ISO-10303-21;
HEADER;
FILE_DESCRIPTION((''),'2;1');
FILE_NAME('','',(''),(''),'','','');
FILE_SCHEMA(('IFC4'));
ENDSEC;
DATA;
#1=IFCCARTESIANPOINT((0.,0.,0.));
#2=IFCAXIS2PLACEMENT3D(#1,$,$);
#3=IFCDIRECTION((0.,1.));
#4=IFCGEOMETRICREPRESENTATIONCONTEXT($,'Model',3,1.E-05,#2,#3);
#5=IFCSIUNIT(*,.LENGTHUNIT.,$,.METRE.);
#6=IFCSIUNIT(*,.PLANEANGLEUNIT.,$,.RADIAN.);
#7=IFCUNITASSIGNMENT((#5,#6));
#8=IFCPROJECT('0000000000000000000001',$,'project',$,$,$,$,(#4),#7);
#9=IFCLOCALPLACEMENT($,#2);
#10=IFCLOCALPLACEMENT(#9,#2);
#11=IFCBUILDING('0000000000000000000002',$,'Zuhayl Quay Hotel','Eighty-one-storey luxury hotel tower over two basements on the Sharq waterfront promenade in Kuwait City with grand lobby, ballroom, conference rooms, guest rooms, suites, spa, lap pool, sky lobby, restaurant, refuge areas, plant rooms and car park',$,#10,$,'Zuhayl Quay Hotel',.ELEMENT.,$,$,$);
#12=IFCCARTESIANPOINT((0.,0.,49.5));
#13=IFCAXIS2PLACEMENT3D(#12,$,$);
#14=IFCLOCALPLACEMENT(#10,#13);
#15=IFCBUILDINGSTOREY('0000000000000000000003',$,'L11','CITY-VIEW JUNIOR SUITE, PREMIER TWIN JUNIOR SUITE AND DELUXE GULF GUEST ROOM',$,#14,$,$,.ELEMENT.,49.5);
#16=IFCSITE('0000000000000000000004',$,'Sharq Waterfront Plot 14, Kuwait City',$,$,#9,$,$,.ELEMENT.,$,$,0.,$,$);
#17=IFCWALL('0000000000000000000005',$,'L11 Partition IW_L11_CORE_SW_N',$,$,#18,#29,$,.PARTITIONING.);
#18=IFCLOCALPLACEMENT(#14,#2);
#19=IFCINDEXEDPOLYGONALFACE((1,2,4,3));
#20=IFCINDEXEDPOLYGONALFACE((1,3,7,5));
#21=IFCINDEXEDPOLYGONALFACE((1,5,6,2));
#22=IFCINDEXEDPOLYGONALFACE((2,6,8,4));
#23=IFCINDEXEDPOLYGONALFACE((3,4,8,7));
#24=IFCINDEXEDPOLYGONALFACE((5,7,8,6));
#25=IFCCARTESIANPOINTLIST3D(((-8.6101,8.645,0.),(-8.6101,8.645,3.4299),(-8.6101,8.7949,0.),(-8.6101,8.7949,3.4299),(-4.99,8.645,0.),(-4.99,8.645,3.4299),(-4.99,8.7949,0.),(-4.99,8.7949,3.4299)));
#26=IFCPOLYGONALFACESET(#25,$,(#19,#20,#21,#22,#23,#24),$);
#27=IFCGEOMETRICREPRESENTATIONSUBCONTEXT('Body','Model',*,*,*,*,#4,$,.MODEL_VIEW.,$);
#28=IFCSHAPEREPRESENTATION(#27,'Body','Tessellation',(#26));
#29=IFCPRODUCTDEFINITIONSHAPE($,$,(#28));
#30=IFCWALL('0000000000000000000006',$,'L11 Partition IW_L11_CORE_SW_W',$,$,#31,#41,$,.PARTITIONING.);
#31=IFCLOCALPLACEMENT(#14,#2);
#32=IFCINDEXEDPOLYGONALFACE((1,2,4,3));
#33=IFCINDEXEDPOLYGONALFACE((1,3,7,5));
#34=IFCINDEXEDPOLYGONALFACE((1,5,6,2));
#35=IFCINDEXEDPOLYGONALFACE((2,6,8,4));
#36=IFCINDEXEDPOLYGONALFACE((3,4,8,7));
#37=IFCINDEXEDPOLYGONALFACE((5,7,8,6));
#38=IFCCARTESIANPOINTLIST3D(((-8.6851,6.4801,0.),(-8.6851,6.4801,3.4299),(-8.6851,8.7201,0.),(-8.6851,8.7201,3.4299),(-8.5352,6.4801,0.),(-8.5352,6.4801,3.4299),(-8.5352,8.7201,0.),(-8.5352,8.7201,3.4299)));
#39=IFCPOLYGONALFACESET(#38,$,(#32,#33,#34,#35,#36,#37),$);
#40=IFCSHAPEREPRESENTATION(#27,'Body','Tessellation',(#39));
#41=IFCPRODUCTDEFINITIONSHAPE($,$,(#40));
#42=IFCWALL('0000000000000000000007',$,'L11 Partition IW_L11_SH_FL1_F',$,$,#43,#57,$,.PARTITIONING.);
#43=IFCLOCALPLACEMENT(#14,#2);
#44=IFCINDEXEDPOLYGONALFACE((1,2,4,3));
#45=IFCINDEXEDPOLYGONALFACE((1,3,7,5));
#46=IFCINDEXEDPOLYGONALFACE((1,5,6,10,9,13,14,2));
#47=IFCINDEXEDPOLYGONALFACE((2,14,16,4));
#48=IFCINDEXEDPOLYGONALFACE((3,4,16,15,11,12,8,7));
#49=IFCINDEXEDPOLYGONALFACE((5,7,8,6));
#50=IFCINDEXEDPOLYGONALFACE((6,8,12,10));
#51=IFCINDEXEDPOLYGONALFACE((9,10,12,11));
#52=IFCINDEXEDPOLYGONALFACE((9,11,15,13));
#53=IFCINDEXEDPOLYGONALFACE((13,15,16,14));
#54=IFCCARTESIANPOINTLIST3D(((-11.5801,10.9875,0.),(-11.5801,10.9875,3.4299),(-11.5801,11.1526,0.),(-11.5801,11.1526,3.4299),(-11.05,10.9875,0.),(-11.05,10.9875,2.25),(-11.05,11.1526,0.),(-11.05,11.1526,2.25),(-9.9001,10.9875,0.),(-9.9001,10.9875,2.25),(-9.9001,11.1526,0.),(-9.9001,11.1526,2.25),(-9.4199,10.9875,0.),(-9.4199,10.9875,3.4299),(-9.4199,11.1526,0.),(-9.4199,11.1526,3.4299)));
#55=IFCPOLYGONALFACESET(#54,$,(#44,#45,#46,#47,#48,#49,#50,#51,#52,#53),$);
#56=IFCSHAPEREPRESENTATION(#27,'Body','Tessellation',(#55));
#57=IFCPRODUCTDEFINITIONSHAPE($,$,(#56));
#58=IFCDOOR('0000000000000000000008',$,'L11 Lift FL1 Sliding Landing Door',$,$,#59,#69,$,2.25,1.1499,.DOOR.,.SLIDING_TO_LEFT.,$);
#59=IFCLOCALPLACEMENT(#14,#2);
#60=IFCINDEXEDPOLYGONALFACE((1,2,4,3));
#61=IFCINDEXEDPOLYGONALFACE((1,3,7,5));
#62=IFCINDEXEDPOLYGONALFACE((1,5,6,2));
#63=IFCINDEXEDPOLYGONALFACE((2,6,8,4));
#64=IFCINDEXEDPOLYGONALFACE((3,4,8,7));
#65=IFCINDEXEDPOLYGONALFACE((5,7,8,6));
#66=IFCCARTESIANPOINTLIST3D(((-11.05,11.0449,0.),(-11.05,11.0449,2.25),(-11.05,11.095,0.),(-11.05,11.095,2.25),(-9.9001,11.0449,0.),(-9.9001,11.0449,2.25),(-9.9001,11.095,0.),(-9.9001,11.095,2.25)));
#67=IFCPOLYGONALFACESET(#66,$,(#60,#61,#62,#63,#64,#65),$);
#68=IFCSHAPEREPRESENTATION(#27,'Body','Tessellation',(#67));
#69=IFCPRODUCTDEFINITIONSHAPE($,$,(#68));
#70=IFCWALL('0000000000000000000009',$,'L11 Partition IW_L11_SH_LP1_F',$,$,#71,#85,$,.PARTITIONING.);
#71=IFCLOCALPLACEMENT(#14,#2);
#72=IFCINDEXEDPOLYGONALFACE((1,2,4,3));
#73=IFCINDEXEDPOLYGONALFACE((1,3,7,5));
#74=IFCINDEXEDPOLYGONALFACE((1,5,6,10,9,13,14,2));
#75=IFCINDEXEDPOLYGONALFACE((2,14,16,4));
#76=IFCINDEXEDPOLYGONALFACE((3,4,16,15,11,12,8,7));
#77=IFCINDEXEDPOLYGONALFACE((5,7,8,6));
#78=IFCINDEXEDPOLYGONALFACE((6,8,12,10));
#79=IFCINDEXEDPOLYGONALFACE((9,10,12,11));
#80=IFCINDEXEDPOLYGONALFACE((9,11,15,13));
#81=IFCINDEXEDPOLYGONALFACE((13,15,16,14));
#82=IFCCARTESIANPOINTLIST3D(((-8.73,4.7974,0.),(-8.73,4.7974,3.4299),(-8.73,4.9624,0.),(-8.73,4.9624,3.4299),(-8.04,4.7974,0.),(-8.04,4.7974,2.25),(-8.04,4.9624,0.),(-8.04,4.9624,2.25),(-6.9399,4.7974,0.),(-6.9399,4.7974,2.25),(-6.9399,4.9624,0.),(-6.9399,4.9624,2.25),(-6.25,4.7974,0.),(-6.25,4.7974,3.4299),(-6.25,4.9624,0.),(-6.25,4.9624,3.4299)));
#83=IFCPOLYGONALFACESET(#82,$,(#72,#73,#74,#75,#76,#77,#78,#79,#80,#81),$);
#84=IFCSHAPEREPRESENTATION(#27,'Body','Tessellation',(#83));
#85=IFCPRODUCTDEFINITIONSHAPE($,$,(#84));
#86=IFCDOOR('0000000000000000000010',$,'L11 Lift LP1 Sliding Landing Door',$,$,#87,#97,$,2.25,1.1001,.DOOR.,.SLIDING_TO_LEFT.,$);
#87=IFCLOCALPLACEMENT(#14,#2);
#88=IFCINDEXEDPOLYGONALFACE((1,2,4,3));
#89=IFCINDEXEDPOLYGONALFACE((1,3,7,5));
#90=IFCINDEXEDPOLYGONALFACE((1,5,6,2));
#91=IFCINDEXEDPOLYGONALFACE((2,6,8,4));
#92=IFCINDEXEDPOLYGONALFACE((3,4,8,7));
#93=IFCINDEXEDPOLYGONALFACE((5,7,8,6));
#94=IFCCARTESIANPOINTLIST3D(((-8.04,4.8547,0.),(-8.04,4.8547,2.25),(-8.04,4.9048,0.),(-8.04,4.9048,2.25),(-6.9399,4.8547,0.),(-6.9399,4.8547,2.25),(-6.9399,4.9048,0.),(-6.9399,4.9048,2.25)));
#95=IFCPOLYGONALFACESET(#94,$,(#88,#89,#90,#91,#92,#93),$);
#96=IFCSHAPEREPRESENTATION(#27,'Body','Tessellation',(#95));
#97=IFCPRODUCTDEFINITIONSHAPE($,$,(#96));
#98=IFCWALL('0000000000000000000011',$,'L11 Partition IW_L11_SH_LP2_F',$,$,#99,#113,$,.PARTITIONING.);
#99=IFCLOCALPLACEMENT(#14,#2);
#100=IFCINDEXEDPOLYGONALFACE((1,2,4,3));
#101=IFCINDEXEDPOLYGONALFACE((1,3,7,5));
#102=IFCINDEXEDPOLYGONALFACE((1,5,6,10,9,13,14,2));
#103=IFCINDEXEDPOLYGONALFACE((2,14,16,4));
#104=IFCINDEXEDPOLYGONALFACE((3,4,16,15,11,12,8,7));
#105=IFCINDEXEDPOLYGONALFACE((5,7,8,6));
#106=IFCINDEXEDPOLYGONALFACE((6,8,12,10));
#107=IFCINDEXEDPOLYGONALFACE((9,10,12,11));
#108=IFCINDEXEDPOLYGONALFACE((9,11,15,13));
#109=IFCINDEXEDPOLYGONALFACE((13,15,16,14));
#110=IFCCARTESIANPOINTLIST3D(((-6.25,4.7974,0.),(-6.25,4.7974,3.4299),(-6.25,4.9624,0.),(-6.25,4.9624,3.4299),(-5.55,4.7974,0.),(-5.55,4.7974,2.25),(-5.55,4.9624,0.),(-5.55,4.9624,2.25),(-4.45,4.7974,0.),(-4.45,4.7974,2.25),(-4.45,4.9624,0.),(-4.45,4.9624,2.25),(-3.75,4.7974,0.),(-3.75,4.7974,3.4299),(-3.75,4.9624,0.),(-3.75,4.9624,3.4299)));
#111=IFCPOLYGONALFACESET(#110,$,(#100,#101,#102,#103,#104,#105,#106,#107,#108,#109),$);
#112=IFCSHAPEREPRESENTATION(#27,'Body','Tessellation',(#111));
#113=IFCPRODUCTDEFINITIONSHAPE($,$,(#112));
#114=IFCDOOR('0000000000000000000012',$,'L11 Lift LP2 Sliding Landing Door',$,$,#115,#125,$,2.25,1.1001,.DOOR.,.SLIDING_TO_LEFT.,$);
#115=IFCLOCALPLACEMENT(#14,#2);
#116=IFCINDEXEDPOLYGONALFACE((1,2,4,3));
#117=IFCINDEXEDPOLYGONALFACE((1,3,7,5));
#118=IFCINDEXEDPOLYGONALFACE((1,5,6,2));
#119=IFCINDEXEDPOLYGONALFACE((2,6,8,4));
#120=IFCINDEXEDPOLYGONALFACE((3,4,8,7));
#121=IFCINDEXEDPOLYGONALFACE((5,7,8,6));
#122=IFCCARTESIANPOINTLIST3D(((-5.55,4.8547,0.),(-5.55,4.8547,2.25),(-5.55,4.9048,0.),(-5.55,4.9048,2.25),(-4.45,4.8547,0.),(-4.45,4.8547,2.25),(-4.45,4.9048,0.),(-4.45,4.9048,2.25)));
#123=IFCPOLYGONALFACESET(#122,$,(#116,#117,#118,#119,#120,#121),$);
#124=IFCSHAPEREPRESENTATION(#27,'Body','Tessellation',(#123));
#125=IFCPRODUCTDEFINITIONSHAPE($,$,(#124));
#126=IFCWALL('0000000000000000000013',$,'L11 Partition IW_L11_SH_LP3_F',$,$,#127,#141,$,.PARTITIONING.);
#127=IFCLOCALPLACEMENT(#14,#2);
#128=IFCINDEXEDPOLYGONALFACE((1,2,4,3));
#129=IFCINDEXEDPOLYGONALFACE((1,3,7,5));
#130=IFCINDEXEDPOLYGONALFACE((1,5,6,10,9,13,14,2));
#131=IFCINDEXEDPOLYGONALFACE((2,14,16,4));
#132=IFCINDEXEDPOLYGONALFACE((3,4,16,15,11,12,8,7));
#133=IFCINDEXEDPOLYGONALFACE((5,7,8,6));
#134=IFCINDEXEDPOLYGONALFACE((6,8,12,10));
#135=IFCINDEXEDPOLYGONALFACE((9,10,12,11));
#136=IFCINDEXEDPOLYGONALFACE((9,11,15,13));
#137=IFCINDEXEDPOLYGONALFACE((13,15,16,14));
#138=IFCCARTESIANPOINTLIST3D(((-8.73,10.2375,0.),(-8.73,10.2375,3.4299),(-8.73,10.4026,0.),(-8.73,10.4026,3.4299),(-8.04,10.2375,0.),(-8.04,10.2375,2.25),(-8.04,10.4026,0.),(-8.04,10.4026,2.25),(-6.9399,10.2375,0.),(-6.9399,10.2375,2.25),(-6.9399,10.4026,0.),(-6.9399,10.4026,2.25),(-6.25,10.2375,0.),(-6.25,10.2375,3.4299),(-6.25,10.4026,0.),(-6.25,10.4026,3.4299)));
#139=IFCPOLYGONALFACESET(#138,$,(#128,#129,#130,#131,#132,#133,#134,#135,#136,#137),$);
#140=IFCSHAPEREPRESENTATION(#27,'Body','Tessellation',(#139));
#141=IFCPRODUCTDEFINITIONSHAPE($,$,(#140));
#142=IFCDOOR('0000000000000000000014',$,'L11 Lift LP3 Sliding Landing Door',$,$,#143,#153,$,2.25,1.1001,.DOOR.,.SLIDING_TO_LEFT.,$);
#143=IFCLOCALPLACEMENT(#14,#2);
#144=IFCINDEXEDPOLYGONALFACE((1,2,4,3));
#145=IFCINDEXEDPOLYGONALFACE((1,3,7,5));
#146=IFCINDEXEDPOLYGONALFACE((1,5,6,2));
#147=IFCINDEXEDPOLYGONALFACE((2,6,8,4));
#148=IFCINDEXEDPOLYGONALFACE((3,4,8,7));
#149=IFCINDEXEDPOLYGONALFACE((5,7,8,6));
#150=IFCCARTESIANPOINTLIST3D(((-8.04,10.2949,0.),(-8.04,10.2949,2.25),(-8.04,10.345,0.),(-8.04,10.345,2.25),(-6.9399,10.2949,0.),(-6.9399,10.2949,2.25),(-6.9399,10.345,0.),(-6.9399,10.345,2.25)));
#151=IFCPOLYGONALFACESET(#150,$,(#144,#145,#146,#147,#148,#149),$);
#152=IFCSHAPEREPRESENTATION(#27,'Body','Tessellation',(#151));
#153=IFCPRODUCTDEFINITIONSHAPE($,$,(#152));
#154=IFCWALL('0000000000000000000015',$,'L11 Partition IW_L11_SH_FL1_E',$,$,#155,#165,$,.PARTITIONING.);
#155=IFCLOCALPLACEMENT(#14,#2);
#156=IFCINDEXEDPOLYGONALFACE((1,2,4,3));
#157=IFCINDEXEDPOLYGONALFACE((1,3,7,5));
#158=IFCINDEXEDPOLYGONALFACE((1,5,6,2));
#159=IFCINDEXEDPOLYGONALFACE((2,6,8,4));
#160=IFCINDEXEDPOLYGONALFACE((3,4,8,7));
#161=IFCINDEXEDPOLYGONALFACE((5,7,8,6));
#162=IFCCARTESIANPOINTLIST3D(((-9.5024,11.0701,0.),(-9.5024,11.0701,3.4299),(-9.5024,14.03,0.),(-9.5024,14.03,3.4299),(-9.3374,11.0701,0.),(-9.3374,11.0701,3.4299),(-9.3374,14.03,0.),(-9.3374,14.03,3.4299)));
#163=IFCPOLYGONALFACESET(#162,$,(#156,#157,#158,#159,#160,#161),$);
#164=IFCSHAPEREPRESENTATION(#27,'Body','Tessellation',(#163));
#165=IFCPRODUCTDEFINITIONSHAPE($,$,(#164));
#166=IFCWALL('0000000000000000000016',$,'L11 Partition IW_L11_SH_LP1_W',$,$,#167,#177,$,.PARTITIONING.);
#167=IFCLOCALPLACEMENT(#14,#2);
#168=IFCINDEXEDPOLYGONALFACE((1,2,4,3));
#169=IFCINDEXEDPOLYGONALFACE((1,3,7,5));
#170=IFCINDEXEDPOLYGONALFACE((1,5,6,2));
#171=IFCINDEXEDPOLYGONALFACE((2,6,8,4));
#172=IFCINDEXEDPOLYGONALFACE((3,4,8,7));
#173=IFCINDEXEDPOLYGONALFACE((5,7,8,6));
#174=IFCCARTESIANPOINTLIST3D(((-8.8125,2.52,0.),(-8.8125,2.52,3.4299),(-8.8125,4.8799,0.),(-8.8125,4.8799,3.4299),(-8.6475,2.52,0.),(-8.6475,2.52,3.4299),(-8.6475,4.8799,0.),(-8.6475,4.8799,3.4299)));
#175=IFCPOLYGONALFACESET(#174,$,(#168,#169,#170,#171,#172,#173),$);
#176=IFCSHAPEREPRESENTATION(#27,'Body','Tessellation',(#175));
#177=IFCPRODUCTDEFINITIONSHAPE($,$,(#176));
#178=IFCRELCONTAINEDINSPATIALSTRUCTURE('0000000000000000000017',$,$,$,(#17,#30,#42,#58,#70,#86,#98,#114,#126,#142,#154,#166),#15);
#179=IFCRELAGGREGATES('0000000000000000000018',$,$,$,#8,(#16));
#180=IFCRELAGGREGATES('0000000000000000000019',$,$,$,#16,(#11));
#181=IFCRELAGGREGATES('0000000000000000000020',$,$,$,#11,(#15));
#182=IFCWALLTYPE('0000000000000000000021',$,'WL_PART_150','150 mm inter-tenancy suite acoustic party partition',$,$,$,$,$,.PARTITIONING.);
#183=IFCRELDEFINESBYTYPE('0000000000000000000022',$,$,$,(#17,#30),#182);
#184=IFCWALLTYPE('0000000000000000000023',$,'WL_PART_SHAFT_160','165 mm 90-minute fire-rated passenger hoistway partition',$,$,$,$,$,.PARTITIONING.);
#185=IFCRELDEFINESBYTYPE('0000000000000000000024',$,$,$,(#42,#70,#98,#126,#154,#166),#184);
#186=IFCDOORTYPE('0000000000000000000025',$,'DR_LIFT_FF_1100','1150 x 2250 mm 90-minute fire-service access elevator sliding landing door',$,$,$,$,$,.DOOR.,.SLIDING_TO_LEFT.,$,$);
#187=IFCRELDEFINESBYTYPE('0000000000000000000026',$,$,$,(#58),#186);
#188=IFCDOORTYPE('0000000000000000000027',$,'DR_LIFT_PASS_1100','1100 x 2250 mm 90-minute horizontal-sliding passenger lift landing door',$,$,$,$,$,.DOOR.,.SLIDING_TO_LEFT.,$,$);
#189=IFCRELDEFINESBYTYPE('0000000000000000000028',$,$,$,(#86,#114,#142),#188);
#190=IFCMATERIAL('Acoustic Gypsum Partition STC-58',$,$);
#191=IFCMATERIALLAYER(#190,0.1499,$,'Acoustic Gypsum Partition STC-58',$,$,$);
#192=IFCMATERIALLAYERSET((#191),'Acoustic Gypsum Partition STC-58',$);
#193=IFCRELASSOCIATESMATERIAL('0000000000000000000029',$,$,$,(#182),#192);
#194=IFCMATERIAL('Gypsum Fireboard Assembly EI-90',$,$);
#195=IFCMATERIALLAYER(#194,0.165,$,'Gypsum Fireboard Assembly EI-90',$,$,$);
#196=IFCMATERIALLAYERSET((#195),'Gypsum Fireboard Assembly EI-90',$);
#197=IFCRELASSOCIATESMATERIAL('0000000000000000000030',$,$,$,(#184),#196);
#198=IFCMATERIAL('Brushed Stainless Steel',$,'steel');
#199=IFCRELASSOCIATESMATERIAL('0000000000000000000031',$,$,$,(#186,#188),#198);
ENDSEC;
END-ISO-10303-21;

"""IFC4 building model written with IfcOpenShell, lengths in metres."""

from ifc_helpers import new_model, si_unit, direction, frame, frame_2d, origin, place, context, subcontext, project, spatial, rectangle, extrude, material, layer, layer_set, type_object, element, fill, save


model = new_model("IFC4")

# Units and contexts
model_context = context("Model", 3, precision=1e-05, world=origin(), true_north=direction((0.0, 1.0)))
body_context = subcontext(model_context, "Body", "Model", "MODEL_VIEW")
ifc_project = project(units=[si_unit("LENGTHUNIT", "METRE"), si_unit("PLANEANGLEUNIT", "RADIAN")], contexts=[model_context])

# Site, building, storey
site_placement = place(None, origin())
site = spatial("IfcSite", under=ifc_project, at=site_placement, Name="Sharq Waterfront Plot 14, Kuwait City", CompositionType="ELEMENT", RefElevation=0.0)
building_placement = place(site_placement, origin())
building = spatial("IfcBuilding", under=site, at=building_placement, Name="Zuhayl Quay Hotel", Description="Eighty-one-storey luxury hotel tower over two basements on the Sharq waterfront promenade in Kuwait City with grand lobby, ballroom, conference rooms, guest rooms, suites, spa, lap pool, sky lobby, restaurant, refuge areas, plant rooms and car park", LongName="Zuhayl Quay Hotel", CompositionType="ELEMENT")
storey_placement = place(building_placement, frame((0.0, 0.0, 49.5)))
storey = spatial("IfcBuildingStorey", under=building, at=storey_placement, Name="L11", Description="CITY-VIEW JUNIOR SUITE, PREMIER TWIN JUNIOR SUITE AND DELUXE GULF GUEST ROOM", CompositionType="ELEMENT", Elevation=49.5)

# Shared definitions
ifc_material_1 = material(Name="Acoustic Gypsum Partition STC-58")
ifc_layer_1 = layer(ifc_material_1, 0.1499, Name="Acoustic Gypsum Partition STC-58")
ifc_layer_set_1 = layer_set([ifc_layer_1], Name="Acoustic Gypsum Partition STC-58")
wall_type_1 = type_object("IfcWallType", Name="WL_PART_150", Description="150 mm inter-tenancy suite acoustic party partition", PredefinedType="PARTITIONING", material=ifc_layer_set_1)

# Walls
wall_1_placement = place(storey_placement, frame((-8.6101, 8.72, 0.0), z_axis=(0.0, 0.0, 1.0), x_axis=(1.0, 0.0, 0.0)))
element("IfcWall", 1, at=wall_1_placement, inside=storey, type_object=wall_type_1, Name="L11 Partition IW_L11_CORE_SW_N", PredefinedType="PARTITIONING", context=body_context, shape_type="SweptSolid", body=[
    extrude(rectangle(XDim=3.6201, YDim=0.1499, at=frame_2d((1.8101, 0.0))), origin(), (0.0, 0.0, 1.0), 3.4299),
])
wall_2_placement = place(storey_placement, frame((-8.6101, 6.48, 0.0), z_axis=(0.0, 0.0, 1.0), x_axis=(0.0, 1.0, 0.0)))
element("IfcWall", 2, at=wall_2_placement, inside=storey, type_object=wall_type_1, Name="L11 Partition IW_L11_CORE_SW_W", PredefinedType="PARTITIONING", context=body_context, shape_type="SweptSolid", body=[
    extrude(rectangle(XDim=2.24, YDim=0.1499, at=frame_2d((1.1201, 0.0))), origin(), (0.0, 0.0, 1.0), 3.4299),
])

# Walls, openings, doors
ifc_material_2 = material(Name="Gypsum Fireboard Assembly EI-90")
ifc_layer_2 = layer(ifc_material_2, 0.165, Name="Gypsum Fireboard Assembly EI-90")
ifc_layer_set_2 = layer_set([ifc_layer_2], Name="Gypsum Fireboard Assembly EI-90")
wall_type_2 = type_object("IfcWallType", Name="WL_PART_SHAFT_160", Description="165 mm 90-minute fire-rated passenger hoistway partition", PredefinedType="PARTITIONING", material=ifc_layer_set_2)
wall_3_placement = place(storey_placement, frame((-11.5801, 11.0701, 0.0), z_axis=(0.0, 0.0, 1.0), x_axis=(1.0, 0.0, 0.0)))
wall_3 = element("IfcWall", 3, at=wall_3_placement, inside=storey, type_object=wall_type_2, Name="L11 Partition IW_L11_SH_FL1_F", PredefinedType="PARTITIONING", context=body_context, shape_type="SweptSolid", body=[
    extrude(rectangle(XDim=2.1602, YDim=0.165, at=frame_2d((1.0801, 0.0))), origin(), (0.0, 0.0, 1.0), 3.4299),
])
opening_1_placement = place(wall_3_placement, frame((0.53, 0.0, 0.0)))
opening_1 = element("IfcOpeningElement", 4, at=opening_1_placement, cuts=wall_3, PredefinedType="OPENING", context=body_context, shape_type="SweptSolid", body=[
    extrude(rectangle(XDim=1.1499, YDim=2.25, at=frame_2d((0.575, 1.125))), frame((0.0, 0.0925, 0.0), z_axis=(0.0, -1.0, 0.0), x_axis=(1.0, 0.0, 0.0)), (0.0, 0.0, 1.0), 0.1851),
])
ifc_material_3 = material(Name="Brushed Stainless Steel", Category="steel")
door_type_1 = type_object("IfcDoorType", Name="DR_LIFT_FF_1100", Description="1150 x 2250 mm 90-minute fire-service access elevator sliding landing door", OperationType="SLIDING_TO_LEFT", PredefinedType="DOOR", material=ifc_material_3)
door_1_placement = place(opening_1_placement, origin())
door_1 = element("IfcDoor", 5, at=door_1_placement, inside=storey, type_object=door_type_1, Name="L11 Lift FL1 Sliding Landing Door", OperationType="SLIDING_TO_LEFT", OverallHeight=2.25, OverallWidth=1.1499, PredefinedType="DOOR", context=body_context, shape_type="SweptSolid", body=[
    extrude(rectangle(XDim=1.1499, YDim=2.25, at=frame_2d((0.575, 1.125))), frame((0.0, 0.0249, 0.0), z_axis=(0.0, -1.0, 0.0), x_axis=(1.0, 0.0, 0.0)), (0.0, 0.0, 1.0), 0.05),
])
fill(opening_1, door_1)
wall_4_placement = place(storey_placement, frame((-8.73, 4.8799, 0.0), z_axis=(0.0, 0.0, 1.0), x_axis=(1.0, 0.0, 0.0)))
wall_4 = element("IfcWall", 6, at=wall_4_placement, inside=storey, type_object=wall_type_2, Name="L11 Partition IW_L11_SH_LP1_F", PredefinedType="PARTITIONING", context=body_context, shape_type="SweptSolid", body=[
    extrude(rectangle(XDim=2.48, YDim=0.165, at=frame_2d((1.24, 0.0))), origin(), (0.0, 0.0, 1.0), 3.4299),
])
opening_2_placement = place(wall_4_placement, frame((0.6899, 0.0, 0.0)))
opening_2 = element("IfcOpeningElement", 7, at=opening_2_placement, cuts=wall_4, PredefinedType="OPENING", context=body_context, shape_type="SweptSolid", body=[
    extrude(rectangle(XDim=1.1001, YDim=2.25, at=frame_2d((0.55, 1.125))), frame((0.0, 0.0925, 0.0), z_axis=(0.0, -1.0, 0.0), x_axis=(1.0, 0.0, 0.0)), (0.0, 0.0, 1.0), 0.1851),
])
door_type_2 = type_object("IfcDoorType", Name="DR_LIFT_PASS_1100", Description="1100 x 2250 mm 90-minute horizontal-sliding passenger lift landing door", OperationType="SLIDING_TO_LEFT", PredefinedType="DOOR", material=ifc_material_3)
door_2_placement = place(opening_2_placement, origin())
door_2 = element("IfcDoor", 8, at=door_2_placement, inside=storey, type_object=door_type_2, Name="L11 Lift LP1 Sliding Landing Door", OperationType="SLIDING_TO_LEFT", OverallHeight=2.25, OverallWidth=1.1001, PredefinedType="DOOR", context=body_context, shape_type="SweptSolid", body=[
    extrude(rectangle(XDim=1.1001, YDim=2.25, at=frame_2d((0.55, 1.125))), frame((0.0, 0.0249, 0.0), z_axis=(0.0, -1.0, 0.0), x_axis=(1.0, 0.0, 0.0)), (0.0, 0.0, 1.0), 0.05),
])
fill(opening_2, door_2)
wall_5_placement = place(storey_placement, frame((-6.25, 4.8799, 0.0), z_axis=(0.0, 0.0, 1.0), x_axis=(1.0, 0.0, 0.0)))
wall_5 = element("IfcWall", 9, at=wall_5_placement, inside=storey, type_object=wall_type_2, Name="L11 Partition IW_L11_SH_LP2_F", PredefinedType="PARTITIONING", context=body_context, shape_type="SweptSolid", body=[
    extrude(rectangle(XDim=2.5, YDim=0.165, at=frame_2d((1.25, 0.0))), origin(), (0.0, 0.0, 1.0), 3.4299),
])
opening_3_placement = place(wall_5_placement, frame((0.7, 0.0, 0.0)))
opening_3 = element("IfcOpeningElement", 10, at=opening_3_placement, cuts=wall_5, PredefinedType="OPENING", context=body_context, shape_type="SweptSolid", body=[
    extrude(rectangle(XDim=1.1001, YDim=2.25, at=frame_2d((0.55, 1.125))), frame((0.0, 0.0925, 0.0), z_axis=(0.0, -1.0, 0.0), x_axis=(1.0, 0.0, 0.0)), (0.0, 0.0, 1.0), 0.1851),
])
door_3_placement = place(opening_3_placement, origin())
door_3 = element("IfcDoor", 11, at=door_3_placement, inside=storey, type_object=door_type_2, Name="L11 Lift LP2 Sliding Landing Door", OperationType="SLIDING_TO_LEFT", OverallHeight=2.25, OverallWidth=1.1001, PredefinedType="DOOR", context=body_context, shape_type="SweptSolid", body=[
    extrude(rectangle(XDim=1.1001, YDim=2.25, at=frame_2d((0.55, 1.125))), frame((0.0, 0.0249, 0.0), z_axis=(0.0, -1.0, 0.0), x_axis=(1.0, 0.0, 0.0)), (0.0, 0.0, 1.0), 0.05),
])
fill(opening_3, door_3)
wall_6_placement = place(storey_placement, frame((-8.73, 10.3201, 0.0), z_axis=(0.0, 0.0, 1.0), x_axis=(1.0, 0.0, 0.0)))
wall_6 = element("IfcWall", 12, at=wall_6_placement, inside=storey, type_object=wall_type_2, Name="L11 Partition IW_L11_SH_LP3_F", PredefinedType="PARTITIONING", context=body_context, shape_type="SweptSolid", body=[
    extrude(rectangle(XDim=2.48, YDim=0.165, at=frame_2d((1.24, 0.0))), origin(), (0.0, 0.0, 1.0), 3.4299),
])
opening_4_placement = place(wall_6_placement, frame((0.6899, 0.0, 0.0)))
opening_4 = element("IfcOpeningElement", 13, at=opening_4_placement, cuts=wall_6, PredefinedType="OPENING", context=body_context, shape_type="SweptSolid", body=[
    extrude(rectangle(XDim=1.1001, YDim=2.25, at=frame_2d((0.55, 1.125))), frame((0.0, 0.0925, 0.0), z_axis=(0.0, -1.0, 0.0), x_axis=(1.0, 0.0, 0.0)), (0.0, 0.0, 1.0), 0.1851),
])
door_4_placement = place(opening_4_placement, origin())
door_4 = element("IfcDoor", 14, at=door_4_placement, inside=storey, type_object=door_type_2, Name="L11 Lift LP3 Sliding Landing Door", OperationType="SLIDING_TO_LEFT", OverallHeight=2.25, OverallWidth=1.1001, PredefinedType="DOOR", context=body_context, shape_type="SweptSolid", body=[
    extrude(rectangle(XDim=1.1001, YDim=2.25, at=frame_2d((0.55, 1.125))), frame((0.0, 0.0249, 0.0), z_axis=(0.0, -1.0, 0.0), x_axis=(1.0, 0.0, 0.0)), (0.0, 0.0, 1.0), 0.05),
])
fill(opening_4, door_4)

# Walls
wall_7_placement = place(storey_placement, frame((-9.4199, 11.0701, 0.0), z_axis=(0.0, 0.0, 1.0), x_axis=(0.0, 1.0, 0.0)))
element("IfcWall", 15, at=wall_7_placement, inside=storey, type_object=wall_type_2, Name="L11 Partition IW_L11_SH_FL1_E", PredefinedType="PARTITIONING", context=body_context, shape_type="SweptSolid", body=[
    extrude(rectangle(XDim=2.96, YDim=0.165, at=frame_2d((1.48, 0.0))), origin(), (0.0, 0.0, 1.0), 3.4299),
])
for number, where, z_axis, x_axis, name in (
    (16, (-8.73, 2.52, 0.0), (0.0, 0.0, 1.0), (0.0, 1.0, 0.0), "L11 Partition IW_L11_SH_LP1_W"),
):
    element("IfcWall", number, at=place(storey_placement, frame(where, z_axis=z_axis, x_axis=x_axis)), inside=storey, type_object=wall_type_2, Name=name, PredefinedType="PARTITIONING", context=body_context, shape_type="SweptSolid", body=[
        extrude(rectangle(XDim=2.3599, YDim=0.165, at=frame_2d((1.1799, 0.0))), origin(), (0.0, 0.0, 1.0), 3.4299),
    ])

save(model, "model.ifc")
